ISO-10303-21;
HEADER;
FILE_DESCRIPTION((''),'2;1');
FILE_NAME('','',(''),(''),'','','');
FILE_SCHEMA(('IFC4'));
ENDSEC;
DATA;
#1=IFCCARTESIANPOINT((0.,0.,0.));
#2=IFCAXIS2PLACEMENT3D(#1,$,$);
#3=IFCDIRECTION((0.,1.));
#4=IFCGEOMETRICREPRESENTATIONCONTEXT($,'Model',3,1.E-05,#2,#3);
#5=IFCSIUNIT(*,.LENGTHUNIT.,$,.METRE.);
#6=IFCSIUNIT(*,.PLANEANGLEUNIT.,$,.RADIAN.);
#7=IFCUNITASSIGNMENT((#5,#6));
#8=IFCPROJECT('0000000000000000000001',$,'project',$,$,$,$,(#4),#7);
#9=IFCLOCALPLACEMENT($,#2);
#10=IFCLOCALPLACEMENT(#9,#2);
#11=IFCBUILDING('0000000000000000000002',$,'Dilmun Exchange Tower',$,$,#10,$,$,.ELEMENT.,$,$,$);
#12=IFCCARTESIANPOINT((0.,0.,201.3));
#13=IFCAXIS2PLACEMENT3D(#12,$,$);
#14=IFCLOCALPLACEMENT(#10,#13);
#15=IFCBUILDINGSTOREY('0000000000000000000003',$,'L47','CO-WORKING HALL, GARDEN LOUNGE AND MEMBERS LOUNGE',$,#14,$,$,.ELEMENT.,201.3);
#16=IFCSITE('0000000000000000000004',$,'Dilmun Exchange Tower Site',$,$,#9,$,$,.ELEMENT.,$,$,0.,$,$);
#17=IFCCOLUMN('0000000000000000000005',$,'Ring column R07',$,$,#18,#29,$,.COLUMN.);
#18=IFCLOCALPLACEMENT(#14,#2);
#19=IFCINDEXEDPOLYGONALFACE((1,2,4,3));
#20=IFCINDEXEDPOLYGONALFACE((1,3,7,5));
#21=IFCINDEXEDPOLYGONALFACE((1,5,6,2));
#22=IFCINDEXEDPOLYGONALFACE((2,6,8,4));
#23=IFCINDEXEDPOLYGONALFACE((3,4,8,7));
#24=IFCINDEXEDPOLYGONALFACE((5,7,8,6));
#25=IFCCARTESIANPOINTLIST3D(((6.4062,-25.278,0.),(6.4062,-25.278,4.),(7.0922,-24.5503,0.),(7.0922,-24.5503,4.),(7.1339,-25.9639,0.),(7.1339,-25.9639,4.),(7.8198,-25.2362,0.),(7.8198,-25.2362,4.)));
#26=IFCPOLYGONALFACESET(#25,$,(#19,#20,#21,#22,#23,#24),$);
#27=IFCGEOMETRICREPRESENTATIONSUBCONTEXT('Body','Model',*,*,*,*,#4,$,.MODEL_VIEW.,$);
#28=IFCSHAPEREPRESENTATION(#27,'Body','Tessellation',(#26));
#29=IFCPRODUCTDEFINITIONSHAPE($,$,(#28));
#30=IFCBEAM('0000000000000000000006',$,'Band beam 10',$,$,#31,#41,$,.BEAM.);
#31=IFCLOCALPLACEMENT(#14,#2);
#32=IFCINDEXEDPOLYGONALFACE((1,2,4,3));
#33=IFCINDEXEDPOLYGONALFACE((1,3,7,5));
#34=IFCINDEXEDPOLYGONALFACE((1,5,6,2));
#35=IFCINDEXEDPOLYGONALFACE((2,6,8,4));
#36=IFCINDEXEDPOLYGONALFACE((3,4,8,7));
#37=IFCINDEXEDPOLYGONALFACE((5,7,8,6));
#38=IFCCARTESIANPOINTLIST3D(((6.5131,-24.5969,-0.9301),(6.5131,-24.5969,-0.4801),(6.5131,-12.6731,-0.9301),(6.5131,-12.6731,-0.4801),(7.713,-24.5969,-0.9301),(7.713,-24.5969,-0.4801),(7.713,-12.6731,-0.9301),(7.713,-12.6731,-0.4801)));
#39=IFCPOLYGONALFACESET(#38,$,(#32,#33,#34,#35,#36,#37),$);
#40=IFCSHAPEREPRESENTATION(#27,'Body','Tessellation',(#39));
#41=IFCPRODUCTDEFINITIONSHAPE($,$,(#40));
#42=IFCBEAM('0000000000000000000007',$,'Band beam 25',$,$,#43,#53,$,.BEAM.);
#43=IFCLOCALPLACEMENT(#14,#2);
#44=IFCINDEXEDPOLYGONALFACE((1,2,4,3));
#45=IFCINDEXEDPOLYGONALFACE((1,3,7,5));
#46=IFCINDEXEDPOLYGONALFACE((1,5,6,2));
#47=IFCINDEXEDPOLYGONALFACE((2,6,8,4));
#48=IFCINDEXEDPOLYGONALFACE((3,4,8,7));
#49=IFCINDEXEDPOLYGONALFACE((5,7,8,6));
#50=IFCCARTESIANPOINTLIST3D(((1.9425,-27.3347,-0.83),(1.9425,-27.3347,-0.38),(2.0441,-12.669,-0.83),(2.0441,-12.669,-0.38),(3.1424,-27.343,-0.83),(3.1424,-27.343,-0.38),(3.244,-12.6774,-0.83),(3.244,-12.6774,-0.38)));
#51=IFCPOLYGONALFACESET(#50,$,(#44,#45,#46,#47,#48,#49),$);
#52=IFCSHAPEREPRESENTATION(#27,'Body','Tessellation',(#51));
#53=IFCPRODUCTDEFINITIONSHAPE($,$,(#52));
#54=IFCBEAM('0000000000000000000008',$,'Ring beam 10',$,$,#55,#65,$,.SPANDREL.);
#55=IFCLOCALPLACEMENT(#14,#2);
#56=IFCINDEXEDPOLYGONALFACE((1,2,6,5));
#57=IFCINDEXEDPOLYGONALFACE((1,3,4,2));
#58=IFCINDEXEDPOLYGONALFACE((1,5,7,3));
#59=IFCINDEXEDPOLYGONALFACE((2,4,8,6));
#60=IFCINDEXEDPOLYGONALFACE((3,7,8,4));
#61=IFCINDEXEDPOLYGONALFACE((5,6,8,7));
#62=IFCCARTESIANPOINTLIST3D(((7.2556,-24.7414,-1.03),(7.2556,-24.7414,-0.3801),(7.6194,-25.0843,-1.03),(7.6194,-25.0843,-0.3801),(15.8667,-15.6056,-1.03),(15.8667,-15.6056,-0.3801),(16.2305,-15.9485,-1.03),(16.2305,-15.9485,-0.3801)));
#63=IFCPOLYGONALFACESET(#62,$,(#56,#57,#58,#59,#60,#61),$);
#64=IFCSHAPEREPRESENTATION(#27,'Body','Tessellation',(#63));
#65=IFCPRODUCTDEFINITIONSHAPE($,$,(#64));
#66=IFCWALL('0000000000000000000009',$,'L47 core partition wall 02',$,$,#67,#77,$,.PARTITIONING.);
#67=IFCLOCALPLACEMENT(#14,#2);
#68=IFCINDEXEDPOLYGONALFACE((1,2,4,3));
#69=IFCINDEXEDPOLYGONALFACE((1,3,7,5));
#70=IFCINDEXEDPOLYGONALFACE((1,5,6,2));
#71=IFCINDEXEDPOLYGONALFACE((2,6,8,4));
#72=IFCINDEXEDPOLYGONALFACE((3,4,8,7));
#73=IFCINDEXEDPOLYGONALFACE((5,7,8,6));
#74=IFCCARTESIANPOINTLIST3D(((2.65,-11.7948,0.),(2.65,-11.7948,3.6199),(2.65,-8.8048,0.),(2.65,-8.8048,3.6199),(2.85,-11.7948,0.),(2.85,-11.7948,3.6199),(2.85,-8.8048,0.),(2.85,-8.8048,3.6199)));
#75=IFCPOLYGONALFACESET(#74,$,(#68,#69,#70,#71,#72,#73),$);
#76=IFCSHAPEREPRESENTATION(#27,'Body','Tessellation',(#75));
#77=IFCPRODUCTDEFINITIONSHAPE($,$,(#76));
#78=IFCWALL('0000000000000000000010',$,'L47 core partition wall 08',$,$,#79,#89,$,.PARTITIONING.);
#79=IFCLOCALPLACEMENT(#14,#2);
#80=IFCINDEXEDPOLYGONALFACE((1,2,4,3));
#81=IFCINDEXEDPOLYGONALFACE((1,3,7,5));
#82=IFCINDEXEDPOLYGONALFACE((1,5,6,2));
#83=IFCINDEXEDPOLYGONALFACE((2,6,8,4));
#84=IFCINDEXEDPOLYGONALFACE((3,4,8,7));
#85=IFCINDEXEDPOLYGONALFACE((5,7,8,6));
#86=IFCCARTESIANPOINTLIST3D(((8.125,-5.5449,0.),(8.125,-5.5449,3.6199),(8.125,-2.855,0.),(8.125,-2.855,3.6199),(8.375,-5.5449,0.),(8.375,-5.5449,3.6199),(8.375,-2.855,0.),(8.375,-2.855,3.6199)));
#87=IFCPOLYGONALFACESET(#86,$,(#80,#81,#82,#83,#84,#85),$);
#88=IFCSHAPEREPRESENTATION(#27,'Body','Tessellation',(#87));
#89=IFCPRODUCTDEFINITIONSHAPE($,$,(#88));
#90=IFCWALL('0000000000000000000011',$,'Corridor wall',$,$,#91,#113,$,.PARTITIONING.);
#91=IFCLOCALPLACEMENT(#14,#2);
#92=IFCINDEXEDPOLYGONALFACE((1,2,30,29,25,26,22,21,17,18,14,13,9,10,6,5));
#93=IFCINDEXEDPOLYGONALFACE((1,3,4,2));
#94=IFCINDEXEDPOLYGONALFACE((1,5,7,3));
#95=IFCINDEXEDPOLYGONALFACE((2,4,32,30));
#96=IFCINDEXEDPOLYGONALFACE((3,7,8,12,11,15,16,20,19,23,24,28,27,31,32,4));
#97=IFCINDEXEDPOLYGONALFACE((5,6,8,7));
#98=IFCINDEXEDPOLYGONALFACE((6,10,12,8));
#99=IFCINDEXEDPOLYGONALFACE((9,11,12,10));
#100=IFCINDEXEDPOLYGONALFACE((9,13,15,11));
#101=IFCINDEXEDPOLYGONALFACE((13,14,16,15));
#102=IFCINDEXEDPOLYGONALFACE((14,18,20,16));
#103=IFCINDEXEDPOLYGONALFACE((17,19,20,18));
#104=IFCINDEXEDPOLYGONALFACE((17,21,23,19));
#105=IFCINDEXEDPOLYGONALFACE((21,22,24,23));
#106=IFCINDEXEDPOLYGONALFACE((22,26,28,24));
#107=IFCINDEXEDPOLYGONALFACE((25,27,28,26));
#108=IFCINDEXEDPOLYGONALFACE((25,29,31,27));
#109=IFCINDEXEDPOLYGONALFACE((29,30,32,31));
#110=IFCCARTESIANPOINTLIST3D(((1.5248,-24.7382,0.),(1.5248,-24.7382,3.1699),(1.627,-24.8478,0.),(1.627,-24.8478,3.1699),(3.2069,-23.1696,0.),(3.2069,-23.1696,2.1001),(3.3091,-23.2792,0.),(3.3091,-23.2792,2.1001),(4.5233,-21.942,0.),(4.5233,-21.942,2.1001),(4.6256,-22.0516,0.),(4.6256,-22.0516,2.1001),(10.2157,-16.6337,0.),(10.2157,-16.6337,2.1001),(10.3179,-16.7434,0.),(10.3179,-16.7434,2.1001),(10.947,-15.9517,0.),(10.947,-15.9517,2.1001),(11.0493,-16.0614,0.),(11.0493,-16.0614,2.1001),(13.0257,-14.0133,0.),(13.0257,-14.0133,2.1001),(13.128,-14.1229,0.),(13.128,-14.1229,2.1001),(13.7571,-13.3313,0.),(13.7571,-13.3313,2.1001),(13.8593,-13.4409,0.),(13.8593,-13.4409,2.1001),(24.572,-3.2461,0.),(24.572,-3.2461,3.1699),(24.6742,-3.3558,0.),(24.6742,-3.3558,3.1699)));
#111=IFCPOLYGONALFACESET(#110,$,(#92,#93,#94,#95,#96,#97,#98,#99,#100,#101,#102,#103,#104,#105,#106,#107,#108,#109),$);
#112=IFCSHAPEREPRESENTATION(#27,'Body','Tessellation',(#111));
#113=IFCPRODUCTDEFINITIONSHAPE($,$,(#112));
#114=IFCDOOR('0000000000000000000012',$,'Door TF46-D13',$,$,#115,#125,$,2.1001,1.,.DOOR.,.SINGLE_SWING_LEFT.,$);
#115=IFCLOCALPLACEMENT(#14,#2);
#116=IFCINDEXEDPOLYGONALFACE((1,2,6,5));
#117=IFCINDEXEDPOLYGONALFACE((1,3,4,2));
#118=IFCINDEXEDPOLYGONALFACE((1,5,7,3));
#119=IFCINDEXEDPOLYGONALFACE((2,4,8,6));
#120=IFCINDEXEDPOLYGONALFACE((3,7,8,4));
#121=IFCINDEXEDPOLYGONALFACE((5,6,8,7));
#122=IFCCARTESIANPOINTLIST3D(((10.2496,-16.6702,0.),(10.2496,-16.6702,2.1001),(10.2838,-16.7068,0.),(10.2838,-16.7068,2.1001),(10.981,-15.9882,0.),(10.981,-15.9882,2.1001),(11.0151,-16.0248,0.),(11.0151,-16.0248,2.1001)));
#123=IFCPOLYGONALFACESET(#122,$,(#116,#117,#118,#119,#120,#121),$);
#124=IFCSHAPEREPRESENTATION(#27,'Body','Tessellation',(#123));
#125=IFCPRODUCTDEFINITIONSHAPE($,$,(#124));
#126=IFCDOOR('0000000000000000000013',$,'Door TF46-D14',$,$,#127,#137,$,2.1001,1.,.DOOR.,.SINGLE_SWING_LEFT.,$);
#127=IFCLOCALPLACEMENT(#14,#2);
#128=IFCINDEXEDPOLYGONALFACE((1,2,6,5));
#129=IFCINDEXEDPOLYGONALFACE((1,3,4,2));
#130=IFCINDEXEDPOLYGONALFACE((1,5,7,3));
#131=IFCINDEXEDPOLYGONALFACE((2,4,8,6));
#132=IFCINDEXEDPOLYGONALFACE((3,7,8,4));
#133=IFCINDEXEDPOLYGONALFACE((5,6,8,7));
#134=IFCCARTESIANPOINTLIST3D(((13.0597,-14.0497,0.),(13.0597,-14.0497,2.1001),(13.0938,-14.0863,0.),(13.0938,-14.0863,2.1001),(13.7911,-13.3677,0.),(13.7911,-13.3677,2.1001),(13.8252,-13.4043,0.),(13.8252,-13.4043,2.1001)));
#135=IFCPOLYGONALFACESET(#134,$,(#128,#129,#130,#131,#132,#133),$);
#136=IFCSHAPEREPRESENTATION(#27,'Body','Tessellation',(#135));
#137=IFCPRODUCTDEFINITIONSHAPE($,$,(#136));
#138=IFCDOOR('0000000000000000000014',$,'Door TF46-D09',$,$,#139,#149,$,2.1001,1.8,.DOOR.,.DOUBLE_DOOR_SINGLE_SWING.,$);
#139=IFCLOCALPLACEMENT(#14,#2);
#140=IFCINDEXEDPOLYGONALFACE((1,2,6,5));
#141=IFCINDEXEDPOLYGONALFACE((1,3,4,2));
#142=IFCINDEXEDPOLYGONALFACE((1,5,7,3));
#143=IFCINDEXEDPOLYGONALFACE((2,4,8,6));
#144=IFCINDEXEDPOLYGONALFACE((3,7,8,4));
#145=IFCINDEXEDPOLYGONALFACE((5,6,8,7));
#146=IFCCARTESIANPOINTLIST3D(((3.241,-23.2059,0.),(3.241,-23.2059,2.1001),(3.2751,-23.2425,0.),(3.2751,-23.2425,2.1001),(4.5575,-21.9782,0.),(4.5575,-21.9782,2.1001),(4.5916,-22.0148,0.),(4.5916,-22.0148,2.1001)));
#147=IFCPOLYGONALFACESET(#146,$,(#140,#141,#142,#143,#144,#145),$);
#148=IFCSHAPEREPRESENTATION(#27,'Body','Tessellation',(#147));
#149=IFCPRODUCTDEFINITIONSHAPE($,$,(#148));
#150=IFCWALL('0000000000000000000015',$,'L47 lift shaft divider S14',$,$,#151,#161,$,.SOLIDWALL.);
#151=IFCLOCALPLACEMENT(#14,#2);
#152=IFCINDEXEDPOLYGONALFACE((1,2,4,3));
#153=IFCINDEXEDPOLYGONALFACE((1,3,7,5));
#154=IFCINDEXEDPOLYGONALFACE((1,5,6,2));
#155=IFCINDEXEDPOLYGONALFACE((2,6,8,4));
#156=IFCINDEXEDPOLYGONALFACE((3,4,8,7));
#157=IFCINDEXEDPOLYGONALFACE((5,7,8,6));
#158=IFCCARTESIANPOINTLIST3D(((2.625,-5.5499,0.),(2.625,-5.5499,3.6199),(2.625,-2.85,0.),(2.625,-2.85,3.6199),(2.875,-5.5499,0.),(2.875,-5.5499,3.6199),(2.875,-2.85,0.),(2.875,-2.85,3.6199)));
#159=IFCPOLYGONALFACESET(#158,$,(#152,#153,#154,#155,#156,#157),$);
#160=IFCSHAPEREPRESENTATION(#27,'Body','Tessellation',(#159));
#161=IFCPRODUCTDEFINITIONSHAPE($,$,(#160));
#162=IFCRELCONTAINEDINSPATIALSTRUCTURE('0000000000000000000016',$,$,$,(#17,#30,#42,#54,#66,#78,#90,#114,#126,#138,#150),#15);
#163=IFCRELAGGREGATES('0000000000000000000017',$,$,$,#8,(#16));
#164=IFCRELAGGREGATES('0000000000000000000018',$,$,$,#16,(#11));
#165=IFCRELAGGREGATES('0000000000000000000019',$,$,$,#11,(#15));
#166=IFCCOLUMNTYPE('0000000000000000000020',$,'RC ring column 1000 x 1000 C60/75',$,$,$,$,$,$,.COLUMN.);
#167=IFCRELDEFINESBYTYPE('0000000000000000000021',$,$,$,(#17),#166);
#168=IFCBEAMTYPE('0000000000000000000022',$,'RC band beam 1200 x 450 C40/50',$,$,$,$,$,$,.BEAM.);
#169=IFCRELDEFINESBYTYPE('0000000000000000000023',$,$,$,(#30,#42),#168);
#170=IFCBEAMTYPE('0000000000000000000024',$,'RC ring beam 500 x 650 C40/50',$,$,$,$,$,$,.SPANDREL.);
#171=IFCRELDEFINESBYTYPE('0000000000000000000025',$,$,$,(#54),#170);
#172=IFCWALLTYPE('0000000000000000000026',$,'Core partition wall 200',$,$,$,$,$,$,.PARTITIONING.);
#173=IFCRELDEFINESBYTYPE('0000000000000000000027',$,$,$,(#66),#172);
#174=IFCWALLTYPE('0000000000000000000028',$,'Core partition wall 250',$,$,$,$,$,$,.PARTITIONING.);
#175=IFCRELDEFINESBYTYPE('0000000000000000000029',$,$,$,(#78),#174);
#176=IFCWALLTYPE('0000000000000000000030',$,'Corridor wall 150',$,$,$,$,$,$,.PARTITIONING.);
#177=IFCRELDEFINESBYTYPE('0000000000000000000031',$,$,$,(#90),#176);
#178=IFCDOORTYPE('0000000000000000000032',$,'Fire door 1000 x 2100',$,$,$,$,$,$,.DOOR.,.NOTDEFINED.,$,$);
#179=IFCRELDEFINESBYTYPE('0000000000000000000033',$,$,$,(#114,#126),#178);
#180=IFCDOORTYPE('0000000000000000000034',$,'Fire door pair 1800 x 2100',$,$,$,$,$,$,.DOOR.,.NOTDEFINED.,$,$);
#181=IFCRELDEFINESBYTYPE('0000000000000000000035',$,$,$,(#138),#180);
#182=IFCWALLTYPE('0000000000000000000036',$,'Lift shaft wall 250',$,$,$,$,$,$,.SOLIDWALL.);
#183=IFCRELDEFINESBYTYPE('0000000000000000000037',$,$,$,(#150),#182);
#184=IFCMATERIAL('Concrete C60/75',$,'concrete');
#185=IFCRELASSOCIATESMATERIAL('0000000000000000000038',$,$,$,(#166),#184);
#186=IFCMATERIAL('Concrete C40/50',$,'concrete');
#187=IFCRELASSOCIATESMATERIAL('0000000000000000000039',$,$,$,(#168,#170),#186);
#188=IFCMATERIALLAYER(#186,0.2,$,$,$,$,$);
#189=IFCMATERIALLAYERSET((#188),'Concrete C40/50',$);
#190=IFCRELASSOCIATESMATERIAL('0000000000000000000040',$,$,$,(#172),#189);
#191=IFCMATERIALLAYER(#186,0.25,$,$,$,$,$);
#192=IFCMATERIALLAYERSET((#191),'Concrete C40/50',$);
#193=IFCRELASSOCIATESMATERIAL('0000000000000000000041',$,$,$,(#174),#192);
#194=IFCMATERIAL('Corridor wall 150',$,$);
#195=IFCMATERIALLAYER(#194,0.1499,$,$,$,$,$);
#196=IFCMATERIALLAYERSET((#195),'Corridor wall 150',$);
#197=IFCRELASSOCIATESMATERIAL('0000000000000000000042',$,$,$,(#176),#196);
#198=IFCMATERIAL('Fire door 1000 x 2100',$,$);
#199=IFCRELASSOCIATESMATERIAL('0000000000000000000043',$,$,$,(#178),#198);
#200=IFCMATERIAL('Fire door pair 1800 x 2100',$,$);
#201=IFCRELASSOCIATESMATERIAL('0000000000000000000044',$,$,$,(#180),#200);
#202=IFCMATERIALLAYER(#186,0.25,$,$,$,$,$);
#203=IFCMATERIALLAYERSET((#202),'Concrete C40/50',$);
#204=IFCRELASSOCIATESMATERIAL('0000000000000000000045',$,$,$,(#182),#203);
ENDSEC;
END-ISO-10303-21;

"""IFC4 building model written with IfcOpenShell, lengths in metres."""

from ifc_helpers import new_model, si_unit, direction, frame, frame_2d, origin, origin_2d, place, context, subcontext, project, spatial, rectangle, extrude, material, layer, layer_set, material_profile, profile_set, type_object, element, fill, save


model = new_model("IFC4")

# Units and contexts
model_context = context("Model", 3, precision=1e-05, world=origin(), true_north=direction((0.0, 1.0)))
body_context = subcontext(model_context, "Body", "Model", "MODEL_VIEW")
ifc_project = project(units=[si_unit("LENGTHUNIT", "METRE"), si_unit("PLANEANGLEUNIT", "RADIAN")], contexts=[model_context])

# Site, building, storey
site_placement = place(None, origin())
site = spatial("IfcSite", under=ifc_project, at=site_placement, Name="Dilmun Exchange Tower Site", CompositionType="ELEMENT", RefElevation=0.0)
building_placement = place(site_placement, origin())
building = spatial("IfcBuilding", under=site, at=building_placement, Name="Dilmun Exchange Tower", CompositionType="ELEMENT")
storey_placement = place(building_placement, frame((0.0, 0.0, 201.3)))
storey = spatial("IfcBuildingStorey", under=building, at=storey_placement, Name="L47", Description="CO-WORKING HALL, GARDEN LOUNGE AND MEMBERS LOUNGE", CompositionType="ELEMENT", Elevation=201.3)

# Column
ifc_material_1 = material(Name="Concrete C60/75", Category="concrete")
ifc_material_profile_1 = material_profile(ifc_material_1, rectangle(XDim=1.0, YDim=1.0, at=origin_2d()), Name="1000 x 1000")
ifc_profile_set_1 = profile_set([ifc_material_profile_1], Name="Concrete C60/75")
column_type = type_object("IfcColumnType", Name="RC ring column 1000 x 1000 C60/75", PredefinedType="COLUMN", material=ifc_profile_set_1)
column_placement = place(storey_placement, frame((7.113, -25.2571, 0.0), z_axis=(0.0, 0.0, 1.0), x_axis=(0.685916, 0.727681, 0.0)))
element("IfcColumn", 1, at=column_placement, inside=storey, type_object=column_type, Name="Ring column R07", PredefinedType="COLUMN", context=body_context, shape_type="SweptSolid", body=[
    extrude(rectangle(XDim=1.0, YDim=1.0, at=origin_2d()), origin(), (0.0, 0.0, 1.0), 4.0),
])

# Beams
ifc_material_2 = material(Name="Concrete C40/50", Category="concrete")
ifc_material_profile_2 = material_profile(ifc_material_2, rectangle(XDim=1.2, YDim=0.45, at=origin_2d()), Name="1200 x 450")
ifc_profile_set_2 = profile_set([ifc_material_profile_2], Name="Concrete C40/50")
beam_type_1 = type_object("IfcBeamType", Name="RC band beam 1200 x 450 C40/50", PredefinedType="BEAM", material=ifc_profile_set_2)
beam_1_placement = place(storey_placement, frame((7.113, -24.5969, -0.7051), z_axis=(0.0, 1.0, 0.0), x_axis=(-1.0, 0.0, 0.0)))
element("IfcBeam", 2, at=beam_1_placement, inside=storey, type_object=beam_type_1, Name="Band beam 10", PredefinedType="BEAM", context=body_context, shape_type="SweptSolid", body=[
    extrude(rectangle(XDim=1.2, YDim=0.45, at=origin_2d()), origin(), (0.0, 0.0, 1.0), 11.9238),
])
beam_2_placement = place(storey_placement, frame((2.5425, -27.3389, -0.605), z_axis=(0.006925, 0.999976, 0.0), x_axis=(-0.999976, 0.006925, 0.0)))
element("IfcBeam", 3, at=beam_2_placement, inside=storey, type_object=beam_type_1, Name="Band beam 25", PredefinedType="BEAM", context=body_context, shape_type="SweptSolid", body=[
    extrude(rectangle(XDim=1.2, YDim=0.45, at=origin_2d()), origin(), (0.0, 0.0, 1.0), 14.666),
])
ifc_material_profile_3 = material_profile(ifc_material_2, rectangle(XDim=0.5, YDim=0.6499, at=origin_2d()), Name="500 x 650")
ifc_profile_set_3 = profile_set([ifc_material_profile_3], Name="Concrete C40/50")
beam_type_2 = type_object("IfcBeamType", Name="RC ring beam 500 x 650 C40/50", PredefinedType="SPANDREL", material=ifc_profile_set_3)
beam_3_placement = place(storey_placement, frame((7.4375, -24.9128, -0.7051), z_axis=(0.685903, 0.727693, 0.0), x_axis=(-0.727693, 0.685903, 0.0)))
element("IfcBeam", 4, at=beam_3_placement, inside=storey, type_object=beam_type_2, Name="Ring beam 10", PredefinedType="SPANDREL", context=body_context, shape_type="SweptSolid", body=[
    extrude(rectangle(XDim=0.5, YDim=0.6499, at=origin_2d()), origin(), (0.0, 0.0, 1.0), 12.5544),
])

# Walls
ifc_layer_1 = layer(ifc_material_2, 0.2)
ifc_layer_set_1 = layer_set([ifc_layer_1], Name="Concrete C40/50")
wall_type_1 = type_object("IfcWallType", Name="Core partition wall 200", PredefinedType="PARTITIONING", material=ifc_layer_set_1)
wall_1_placement = place(storey_placement, frame((2.75, -11.7949, 0.0), z_axis=(0.0, 0.0, 1.0), x_axis=(0.0, 1.0, 0.0)))
element("IfcWall", 5, at=wall_1_placement, inside=storey, type_object=wall_type_1, Name="L47 core partition wall 02", PredefinedType="PARTITIONING", context=body_context, shape_type="SweptSolid", body=[
    extrude(rectangle(XDim=2.99, YDim=0.2, at=frame_2d((1.4951, 0.0))), origin(), (0.0, 0.0, 1.0), 3.6199),
])
ifc_layer_2 = layer(ifc_material_2, 0.25)
ifc_layer_set_2 = layer_set([ifc_layer_2], Name="Concrete C40/50")
wall_type_2 = type_object("IfcWallType", Name="Core partition wall 250", PredefinedType="PARTITIONING", material=ifc_layer_set_2)
wall_2_placement = place(storey_placement, frame((8.25, -5.5449, 0.0), z_axis=(0.0, 0.0, 1.0), x_axis=(0.0, 1.0, 0.0)))
element("IfcWall", 6, at=wall_2_placement, inside=storey, type_object=wall_type_2, Name="L47 core partition wall 08", PredefinedType="PARTITIONING", context=body_context, shape_type="SweptSolid", body=[
    extrude(rectangle(XDim=2.6899, YDim=0.25, at=frame_2d((1.345, 0.0))), origin(), (0.0, 0.0, 1.0), 3.6199),
])

# Wall, openings, doors
ifc_material_3 = material(Name="Corridor wall 150")
ifc_layer_3 = layer(ifc_material_3, 0.1499)
ifc_layer_set_3 = layer_set([ifc_layer_3], Name="Corridor wall 150")
wall_type_3 = type_object("IfcWallType", Name="Corridor wall 150", PredefinedType="PARTITIONING", material=ifc_layer_set_3)
wall_3_placement = place(storey_placement, frame((1.5759, -24.793, 0.0), z_axis=(0.0, 0.0, 1.0), x_axis=(0.731351, 0.682001, 0.0)))
wall_3 = element("IfcWall", 7, at=wall_3_placement, inside=storey, type_object=wall_type_3, Name="Corridor wall", PredefinedType="PARTITIONING", context=body_context, shape_type="SweptSolid", body=[
    extrude(rectangle(XDim=31.5132, YDim=0.1499, at=frame_2d((15.7566, 0.0))), origin(), (0.0, 0.0, 1.0), 3.1699),
])
opening_1_placement = place(wall_3_placement, frame((2.3, 0.0, 0.0)))
opening_1 = element("IfcOpeningElement", 8, at=opening_1_placement, cuts=wall_3, PredefinedType="OPENING", context=body_context, shape_type="SweptSolid", body=[
    extrude(rectangle(XDim=1.8, YDim=2.1001, at=frame_2d((0.8999, 1.05))), frame((0.0, 0.085, 0.0), z_axis=(0.0, -1.0, 0.0), x_axis=(1.0, 0.0, 0.0)), (0.0, 0.0, 1.0), 0.1699),
])
opening_2_placement = place(wall_3_placement, frame((11.8833, 0.0, 0.0)))
opening_2 = element("IfcOpeningElement", 9, at=opening_2_placement, cuts=wall_3, PredefinedType="OPENING", context=body_context, shape_type="SweptSolid", body=[
    extrude(rectangle(XDim=1.0, YDim=2.1001, at=frame_2d((0.5, 1.05))), frame((0.0, 0.085, 0.0), z_axis=(0.0, -1.0, 0.0), x_axis=(1.0, 0.0, 0.0)), (0.0, 0.0, 1.0), 0.1699),
])
opening_3_placement = place(wall_3_placement, frame((15.7256, 0.0, 0.0)))
opening_3 = element("IfcOpeningElement", 10, at=opening_3_placement, cuts=wall_3, PredefinedType="OPENING", context=body_context, shape_type="SweptSolid", body=[
    extrude(rectangle(XDim=1.0, YDim=2.1001, at=frame_2d((0.5, 1.05))), frame((0.0, 0.085, 0.0), z_axis=(0.0, -1.0, 0.0), x_axis=(1.0, 0.0, 0.0)), (0.0, 0.0, 1.0), 0.1699),
])
ifc_material_4 = material(Name="Fire door 1000 x 2100")
door_type_1 = type_object("IfcDoorType", Name="Fire door 1000 x 2100", OperationType="NOTDEFINED", PredefinedType="DOOR", material=ifc_material_4)
door_1_placement = place(opening_2_placement, frame((1.0, 0.0, 0.0), z_axis=(0.0, 0.0, 1.0), x_axis=(-1.0, 0.0, 0.0)))
door_1 = element("IfcDoor", 11, at=door_1_placement, inside=storey, type_object=door_type_1, Name="Door TF46-D13", OperationType="SINGLE_SWING_LEFT", OverallHeight=2.1001, OverallWidth=1.0, PredefinedType="DOOR", context=body_context, shape_type="SweptSolid", body=[
    extrude(rectangle(XDim=1.0, YDim=2.1001, at=frame_2d((0.5, 1.05))), frame((0.0, 0.0249, 0.0), z_axis=(0.0, -1.0, 0.0), x_axis=(1.0, 0.0, 0.0)), (0.0, 0.0, 1.0), 0.05),
])
fill(opening_2, door_1)
door_2_placement = place(opening_3_placement, frame((1.0, 0.0, 0.0), z_axis=(0.0, 0.0, 1.0), x_axis=(-1.0, 0.0, 0.0)))
door_2 = element("IfcDoor", 12, at=door_2_placement, inside=storey, type_object=door_type_1, Name="Door TF46-D14", OperationType="SINGLE_SWING_LEFT", OverallHeight=2.1001, OverallWidth=1.0, PredefinedType="DOOR", context=body_context, shape_type="SweptSolid", body=[
    extrude(rectangle(XDim=1.0, YDim=2.1001, at=frame_2d((0.5, 1.05))), frame((0.0, 0.0249, 0.0), z_axis=(0.0, -1.0, 0.0), x_axis=(1.0, 0.0, 0.0)), (0.0, 0.0, 1.0), 0.05),
])
fill(opening_3, door_2)
ifc_material_5 = material(Name="Fire door pair 1800 x 2100")
door_type_2 = type_object("IfcDoorType", Name="Fire door pair 1800 x 2100", OperationType="NOTDEFINED", PredefinedType="DOOR", material=ifc_material_5)
door_3_placement = place(opening_1_placement, frame((1.8, 0.0, 0.0), z_axis=(0.0, 0.0, 1.0), x_axis=(-1.0, 0.0, 0.0)))
door_3 = element("IfcDoor", 13, at=door_3_placement, inside=storey, type_object=door_type_2, Name="Door TF46-D09", OperationType="DOUBLE_DOOR_SINGLE_SWING", OverallHeight=2.1001, OverallWidth=1.8, PredefinedType="DOOR", context=body_context, shape_type="SweptSolid", body=[
    extrude(rectangle(XDim=1.8, YDim=2.1001, at=frame_2d((0.8999, 1.05))), frame((0.0, 0.0249, 0.0), z_axis=(0.0, -1.0, 0.0), x_axis=(1.0, 0.0, 0.0)), (0.0, 0.0, 1.0), 0.05),
])
fill(opening_1, door_3)

# Wall
ifc_layer_4 = layer(ifc_material_2, 0.25)
ifc_layer_set_4 = layer_set([ifc_layer_4], Name="Concrete C40/50")
wall_type_4 = type_object("IfcWallType", Name="Lift shaft wall 250", PredefinedType="SOLIDWALL", material=ifc_layer_set_4)
for number, where, z_axis, x_axis, name in (
    (14, (2.75, -5.55, 0.0), (0.0, 0.0, 1.0), (0.0, 1.0, 0.0), "L47 lift shaft divider S14"),
):
    element("IfcWall", number, at=place(storey_placement, frame(where, z_axis=z_axis, x_axis=x_axis)), inside=storey, type_object=wall_type_4, Name=name, PredefinedType="SOLIDWALL", context=body_context, shape_type="SweptSolid", body=[
        extrude(rectangle(XDim=2.7, YDim=0.25, at=frame_2d((1.3501, 0.0))), origin(), (0.0, 0.0, 1.0), 3.6199),
    ])

save(model, "model.ifc")
